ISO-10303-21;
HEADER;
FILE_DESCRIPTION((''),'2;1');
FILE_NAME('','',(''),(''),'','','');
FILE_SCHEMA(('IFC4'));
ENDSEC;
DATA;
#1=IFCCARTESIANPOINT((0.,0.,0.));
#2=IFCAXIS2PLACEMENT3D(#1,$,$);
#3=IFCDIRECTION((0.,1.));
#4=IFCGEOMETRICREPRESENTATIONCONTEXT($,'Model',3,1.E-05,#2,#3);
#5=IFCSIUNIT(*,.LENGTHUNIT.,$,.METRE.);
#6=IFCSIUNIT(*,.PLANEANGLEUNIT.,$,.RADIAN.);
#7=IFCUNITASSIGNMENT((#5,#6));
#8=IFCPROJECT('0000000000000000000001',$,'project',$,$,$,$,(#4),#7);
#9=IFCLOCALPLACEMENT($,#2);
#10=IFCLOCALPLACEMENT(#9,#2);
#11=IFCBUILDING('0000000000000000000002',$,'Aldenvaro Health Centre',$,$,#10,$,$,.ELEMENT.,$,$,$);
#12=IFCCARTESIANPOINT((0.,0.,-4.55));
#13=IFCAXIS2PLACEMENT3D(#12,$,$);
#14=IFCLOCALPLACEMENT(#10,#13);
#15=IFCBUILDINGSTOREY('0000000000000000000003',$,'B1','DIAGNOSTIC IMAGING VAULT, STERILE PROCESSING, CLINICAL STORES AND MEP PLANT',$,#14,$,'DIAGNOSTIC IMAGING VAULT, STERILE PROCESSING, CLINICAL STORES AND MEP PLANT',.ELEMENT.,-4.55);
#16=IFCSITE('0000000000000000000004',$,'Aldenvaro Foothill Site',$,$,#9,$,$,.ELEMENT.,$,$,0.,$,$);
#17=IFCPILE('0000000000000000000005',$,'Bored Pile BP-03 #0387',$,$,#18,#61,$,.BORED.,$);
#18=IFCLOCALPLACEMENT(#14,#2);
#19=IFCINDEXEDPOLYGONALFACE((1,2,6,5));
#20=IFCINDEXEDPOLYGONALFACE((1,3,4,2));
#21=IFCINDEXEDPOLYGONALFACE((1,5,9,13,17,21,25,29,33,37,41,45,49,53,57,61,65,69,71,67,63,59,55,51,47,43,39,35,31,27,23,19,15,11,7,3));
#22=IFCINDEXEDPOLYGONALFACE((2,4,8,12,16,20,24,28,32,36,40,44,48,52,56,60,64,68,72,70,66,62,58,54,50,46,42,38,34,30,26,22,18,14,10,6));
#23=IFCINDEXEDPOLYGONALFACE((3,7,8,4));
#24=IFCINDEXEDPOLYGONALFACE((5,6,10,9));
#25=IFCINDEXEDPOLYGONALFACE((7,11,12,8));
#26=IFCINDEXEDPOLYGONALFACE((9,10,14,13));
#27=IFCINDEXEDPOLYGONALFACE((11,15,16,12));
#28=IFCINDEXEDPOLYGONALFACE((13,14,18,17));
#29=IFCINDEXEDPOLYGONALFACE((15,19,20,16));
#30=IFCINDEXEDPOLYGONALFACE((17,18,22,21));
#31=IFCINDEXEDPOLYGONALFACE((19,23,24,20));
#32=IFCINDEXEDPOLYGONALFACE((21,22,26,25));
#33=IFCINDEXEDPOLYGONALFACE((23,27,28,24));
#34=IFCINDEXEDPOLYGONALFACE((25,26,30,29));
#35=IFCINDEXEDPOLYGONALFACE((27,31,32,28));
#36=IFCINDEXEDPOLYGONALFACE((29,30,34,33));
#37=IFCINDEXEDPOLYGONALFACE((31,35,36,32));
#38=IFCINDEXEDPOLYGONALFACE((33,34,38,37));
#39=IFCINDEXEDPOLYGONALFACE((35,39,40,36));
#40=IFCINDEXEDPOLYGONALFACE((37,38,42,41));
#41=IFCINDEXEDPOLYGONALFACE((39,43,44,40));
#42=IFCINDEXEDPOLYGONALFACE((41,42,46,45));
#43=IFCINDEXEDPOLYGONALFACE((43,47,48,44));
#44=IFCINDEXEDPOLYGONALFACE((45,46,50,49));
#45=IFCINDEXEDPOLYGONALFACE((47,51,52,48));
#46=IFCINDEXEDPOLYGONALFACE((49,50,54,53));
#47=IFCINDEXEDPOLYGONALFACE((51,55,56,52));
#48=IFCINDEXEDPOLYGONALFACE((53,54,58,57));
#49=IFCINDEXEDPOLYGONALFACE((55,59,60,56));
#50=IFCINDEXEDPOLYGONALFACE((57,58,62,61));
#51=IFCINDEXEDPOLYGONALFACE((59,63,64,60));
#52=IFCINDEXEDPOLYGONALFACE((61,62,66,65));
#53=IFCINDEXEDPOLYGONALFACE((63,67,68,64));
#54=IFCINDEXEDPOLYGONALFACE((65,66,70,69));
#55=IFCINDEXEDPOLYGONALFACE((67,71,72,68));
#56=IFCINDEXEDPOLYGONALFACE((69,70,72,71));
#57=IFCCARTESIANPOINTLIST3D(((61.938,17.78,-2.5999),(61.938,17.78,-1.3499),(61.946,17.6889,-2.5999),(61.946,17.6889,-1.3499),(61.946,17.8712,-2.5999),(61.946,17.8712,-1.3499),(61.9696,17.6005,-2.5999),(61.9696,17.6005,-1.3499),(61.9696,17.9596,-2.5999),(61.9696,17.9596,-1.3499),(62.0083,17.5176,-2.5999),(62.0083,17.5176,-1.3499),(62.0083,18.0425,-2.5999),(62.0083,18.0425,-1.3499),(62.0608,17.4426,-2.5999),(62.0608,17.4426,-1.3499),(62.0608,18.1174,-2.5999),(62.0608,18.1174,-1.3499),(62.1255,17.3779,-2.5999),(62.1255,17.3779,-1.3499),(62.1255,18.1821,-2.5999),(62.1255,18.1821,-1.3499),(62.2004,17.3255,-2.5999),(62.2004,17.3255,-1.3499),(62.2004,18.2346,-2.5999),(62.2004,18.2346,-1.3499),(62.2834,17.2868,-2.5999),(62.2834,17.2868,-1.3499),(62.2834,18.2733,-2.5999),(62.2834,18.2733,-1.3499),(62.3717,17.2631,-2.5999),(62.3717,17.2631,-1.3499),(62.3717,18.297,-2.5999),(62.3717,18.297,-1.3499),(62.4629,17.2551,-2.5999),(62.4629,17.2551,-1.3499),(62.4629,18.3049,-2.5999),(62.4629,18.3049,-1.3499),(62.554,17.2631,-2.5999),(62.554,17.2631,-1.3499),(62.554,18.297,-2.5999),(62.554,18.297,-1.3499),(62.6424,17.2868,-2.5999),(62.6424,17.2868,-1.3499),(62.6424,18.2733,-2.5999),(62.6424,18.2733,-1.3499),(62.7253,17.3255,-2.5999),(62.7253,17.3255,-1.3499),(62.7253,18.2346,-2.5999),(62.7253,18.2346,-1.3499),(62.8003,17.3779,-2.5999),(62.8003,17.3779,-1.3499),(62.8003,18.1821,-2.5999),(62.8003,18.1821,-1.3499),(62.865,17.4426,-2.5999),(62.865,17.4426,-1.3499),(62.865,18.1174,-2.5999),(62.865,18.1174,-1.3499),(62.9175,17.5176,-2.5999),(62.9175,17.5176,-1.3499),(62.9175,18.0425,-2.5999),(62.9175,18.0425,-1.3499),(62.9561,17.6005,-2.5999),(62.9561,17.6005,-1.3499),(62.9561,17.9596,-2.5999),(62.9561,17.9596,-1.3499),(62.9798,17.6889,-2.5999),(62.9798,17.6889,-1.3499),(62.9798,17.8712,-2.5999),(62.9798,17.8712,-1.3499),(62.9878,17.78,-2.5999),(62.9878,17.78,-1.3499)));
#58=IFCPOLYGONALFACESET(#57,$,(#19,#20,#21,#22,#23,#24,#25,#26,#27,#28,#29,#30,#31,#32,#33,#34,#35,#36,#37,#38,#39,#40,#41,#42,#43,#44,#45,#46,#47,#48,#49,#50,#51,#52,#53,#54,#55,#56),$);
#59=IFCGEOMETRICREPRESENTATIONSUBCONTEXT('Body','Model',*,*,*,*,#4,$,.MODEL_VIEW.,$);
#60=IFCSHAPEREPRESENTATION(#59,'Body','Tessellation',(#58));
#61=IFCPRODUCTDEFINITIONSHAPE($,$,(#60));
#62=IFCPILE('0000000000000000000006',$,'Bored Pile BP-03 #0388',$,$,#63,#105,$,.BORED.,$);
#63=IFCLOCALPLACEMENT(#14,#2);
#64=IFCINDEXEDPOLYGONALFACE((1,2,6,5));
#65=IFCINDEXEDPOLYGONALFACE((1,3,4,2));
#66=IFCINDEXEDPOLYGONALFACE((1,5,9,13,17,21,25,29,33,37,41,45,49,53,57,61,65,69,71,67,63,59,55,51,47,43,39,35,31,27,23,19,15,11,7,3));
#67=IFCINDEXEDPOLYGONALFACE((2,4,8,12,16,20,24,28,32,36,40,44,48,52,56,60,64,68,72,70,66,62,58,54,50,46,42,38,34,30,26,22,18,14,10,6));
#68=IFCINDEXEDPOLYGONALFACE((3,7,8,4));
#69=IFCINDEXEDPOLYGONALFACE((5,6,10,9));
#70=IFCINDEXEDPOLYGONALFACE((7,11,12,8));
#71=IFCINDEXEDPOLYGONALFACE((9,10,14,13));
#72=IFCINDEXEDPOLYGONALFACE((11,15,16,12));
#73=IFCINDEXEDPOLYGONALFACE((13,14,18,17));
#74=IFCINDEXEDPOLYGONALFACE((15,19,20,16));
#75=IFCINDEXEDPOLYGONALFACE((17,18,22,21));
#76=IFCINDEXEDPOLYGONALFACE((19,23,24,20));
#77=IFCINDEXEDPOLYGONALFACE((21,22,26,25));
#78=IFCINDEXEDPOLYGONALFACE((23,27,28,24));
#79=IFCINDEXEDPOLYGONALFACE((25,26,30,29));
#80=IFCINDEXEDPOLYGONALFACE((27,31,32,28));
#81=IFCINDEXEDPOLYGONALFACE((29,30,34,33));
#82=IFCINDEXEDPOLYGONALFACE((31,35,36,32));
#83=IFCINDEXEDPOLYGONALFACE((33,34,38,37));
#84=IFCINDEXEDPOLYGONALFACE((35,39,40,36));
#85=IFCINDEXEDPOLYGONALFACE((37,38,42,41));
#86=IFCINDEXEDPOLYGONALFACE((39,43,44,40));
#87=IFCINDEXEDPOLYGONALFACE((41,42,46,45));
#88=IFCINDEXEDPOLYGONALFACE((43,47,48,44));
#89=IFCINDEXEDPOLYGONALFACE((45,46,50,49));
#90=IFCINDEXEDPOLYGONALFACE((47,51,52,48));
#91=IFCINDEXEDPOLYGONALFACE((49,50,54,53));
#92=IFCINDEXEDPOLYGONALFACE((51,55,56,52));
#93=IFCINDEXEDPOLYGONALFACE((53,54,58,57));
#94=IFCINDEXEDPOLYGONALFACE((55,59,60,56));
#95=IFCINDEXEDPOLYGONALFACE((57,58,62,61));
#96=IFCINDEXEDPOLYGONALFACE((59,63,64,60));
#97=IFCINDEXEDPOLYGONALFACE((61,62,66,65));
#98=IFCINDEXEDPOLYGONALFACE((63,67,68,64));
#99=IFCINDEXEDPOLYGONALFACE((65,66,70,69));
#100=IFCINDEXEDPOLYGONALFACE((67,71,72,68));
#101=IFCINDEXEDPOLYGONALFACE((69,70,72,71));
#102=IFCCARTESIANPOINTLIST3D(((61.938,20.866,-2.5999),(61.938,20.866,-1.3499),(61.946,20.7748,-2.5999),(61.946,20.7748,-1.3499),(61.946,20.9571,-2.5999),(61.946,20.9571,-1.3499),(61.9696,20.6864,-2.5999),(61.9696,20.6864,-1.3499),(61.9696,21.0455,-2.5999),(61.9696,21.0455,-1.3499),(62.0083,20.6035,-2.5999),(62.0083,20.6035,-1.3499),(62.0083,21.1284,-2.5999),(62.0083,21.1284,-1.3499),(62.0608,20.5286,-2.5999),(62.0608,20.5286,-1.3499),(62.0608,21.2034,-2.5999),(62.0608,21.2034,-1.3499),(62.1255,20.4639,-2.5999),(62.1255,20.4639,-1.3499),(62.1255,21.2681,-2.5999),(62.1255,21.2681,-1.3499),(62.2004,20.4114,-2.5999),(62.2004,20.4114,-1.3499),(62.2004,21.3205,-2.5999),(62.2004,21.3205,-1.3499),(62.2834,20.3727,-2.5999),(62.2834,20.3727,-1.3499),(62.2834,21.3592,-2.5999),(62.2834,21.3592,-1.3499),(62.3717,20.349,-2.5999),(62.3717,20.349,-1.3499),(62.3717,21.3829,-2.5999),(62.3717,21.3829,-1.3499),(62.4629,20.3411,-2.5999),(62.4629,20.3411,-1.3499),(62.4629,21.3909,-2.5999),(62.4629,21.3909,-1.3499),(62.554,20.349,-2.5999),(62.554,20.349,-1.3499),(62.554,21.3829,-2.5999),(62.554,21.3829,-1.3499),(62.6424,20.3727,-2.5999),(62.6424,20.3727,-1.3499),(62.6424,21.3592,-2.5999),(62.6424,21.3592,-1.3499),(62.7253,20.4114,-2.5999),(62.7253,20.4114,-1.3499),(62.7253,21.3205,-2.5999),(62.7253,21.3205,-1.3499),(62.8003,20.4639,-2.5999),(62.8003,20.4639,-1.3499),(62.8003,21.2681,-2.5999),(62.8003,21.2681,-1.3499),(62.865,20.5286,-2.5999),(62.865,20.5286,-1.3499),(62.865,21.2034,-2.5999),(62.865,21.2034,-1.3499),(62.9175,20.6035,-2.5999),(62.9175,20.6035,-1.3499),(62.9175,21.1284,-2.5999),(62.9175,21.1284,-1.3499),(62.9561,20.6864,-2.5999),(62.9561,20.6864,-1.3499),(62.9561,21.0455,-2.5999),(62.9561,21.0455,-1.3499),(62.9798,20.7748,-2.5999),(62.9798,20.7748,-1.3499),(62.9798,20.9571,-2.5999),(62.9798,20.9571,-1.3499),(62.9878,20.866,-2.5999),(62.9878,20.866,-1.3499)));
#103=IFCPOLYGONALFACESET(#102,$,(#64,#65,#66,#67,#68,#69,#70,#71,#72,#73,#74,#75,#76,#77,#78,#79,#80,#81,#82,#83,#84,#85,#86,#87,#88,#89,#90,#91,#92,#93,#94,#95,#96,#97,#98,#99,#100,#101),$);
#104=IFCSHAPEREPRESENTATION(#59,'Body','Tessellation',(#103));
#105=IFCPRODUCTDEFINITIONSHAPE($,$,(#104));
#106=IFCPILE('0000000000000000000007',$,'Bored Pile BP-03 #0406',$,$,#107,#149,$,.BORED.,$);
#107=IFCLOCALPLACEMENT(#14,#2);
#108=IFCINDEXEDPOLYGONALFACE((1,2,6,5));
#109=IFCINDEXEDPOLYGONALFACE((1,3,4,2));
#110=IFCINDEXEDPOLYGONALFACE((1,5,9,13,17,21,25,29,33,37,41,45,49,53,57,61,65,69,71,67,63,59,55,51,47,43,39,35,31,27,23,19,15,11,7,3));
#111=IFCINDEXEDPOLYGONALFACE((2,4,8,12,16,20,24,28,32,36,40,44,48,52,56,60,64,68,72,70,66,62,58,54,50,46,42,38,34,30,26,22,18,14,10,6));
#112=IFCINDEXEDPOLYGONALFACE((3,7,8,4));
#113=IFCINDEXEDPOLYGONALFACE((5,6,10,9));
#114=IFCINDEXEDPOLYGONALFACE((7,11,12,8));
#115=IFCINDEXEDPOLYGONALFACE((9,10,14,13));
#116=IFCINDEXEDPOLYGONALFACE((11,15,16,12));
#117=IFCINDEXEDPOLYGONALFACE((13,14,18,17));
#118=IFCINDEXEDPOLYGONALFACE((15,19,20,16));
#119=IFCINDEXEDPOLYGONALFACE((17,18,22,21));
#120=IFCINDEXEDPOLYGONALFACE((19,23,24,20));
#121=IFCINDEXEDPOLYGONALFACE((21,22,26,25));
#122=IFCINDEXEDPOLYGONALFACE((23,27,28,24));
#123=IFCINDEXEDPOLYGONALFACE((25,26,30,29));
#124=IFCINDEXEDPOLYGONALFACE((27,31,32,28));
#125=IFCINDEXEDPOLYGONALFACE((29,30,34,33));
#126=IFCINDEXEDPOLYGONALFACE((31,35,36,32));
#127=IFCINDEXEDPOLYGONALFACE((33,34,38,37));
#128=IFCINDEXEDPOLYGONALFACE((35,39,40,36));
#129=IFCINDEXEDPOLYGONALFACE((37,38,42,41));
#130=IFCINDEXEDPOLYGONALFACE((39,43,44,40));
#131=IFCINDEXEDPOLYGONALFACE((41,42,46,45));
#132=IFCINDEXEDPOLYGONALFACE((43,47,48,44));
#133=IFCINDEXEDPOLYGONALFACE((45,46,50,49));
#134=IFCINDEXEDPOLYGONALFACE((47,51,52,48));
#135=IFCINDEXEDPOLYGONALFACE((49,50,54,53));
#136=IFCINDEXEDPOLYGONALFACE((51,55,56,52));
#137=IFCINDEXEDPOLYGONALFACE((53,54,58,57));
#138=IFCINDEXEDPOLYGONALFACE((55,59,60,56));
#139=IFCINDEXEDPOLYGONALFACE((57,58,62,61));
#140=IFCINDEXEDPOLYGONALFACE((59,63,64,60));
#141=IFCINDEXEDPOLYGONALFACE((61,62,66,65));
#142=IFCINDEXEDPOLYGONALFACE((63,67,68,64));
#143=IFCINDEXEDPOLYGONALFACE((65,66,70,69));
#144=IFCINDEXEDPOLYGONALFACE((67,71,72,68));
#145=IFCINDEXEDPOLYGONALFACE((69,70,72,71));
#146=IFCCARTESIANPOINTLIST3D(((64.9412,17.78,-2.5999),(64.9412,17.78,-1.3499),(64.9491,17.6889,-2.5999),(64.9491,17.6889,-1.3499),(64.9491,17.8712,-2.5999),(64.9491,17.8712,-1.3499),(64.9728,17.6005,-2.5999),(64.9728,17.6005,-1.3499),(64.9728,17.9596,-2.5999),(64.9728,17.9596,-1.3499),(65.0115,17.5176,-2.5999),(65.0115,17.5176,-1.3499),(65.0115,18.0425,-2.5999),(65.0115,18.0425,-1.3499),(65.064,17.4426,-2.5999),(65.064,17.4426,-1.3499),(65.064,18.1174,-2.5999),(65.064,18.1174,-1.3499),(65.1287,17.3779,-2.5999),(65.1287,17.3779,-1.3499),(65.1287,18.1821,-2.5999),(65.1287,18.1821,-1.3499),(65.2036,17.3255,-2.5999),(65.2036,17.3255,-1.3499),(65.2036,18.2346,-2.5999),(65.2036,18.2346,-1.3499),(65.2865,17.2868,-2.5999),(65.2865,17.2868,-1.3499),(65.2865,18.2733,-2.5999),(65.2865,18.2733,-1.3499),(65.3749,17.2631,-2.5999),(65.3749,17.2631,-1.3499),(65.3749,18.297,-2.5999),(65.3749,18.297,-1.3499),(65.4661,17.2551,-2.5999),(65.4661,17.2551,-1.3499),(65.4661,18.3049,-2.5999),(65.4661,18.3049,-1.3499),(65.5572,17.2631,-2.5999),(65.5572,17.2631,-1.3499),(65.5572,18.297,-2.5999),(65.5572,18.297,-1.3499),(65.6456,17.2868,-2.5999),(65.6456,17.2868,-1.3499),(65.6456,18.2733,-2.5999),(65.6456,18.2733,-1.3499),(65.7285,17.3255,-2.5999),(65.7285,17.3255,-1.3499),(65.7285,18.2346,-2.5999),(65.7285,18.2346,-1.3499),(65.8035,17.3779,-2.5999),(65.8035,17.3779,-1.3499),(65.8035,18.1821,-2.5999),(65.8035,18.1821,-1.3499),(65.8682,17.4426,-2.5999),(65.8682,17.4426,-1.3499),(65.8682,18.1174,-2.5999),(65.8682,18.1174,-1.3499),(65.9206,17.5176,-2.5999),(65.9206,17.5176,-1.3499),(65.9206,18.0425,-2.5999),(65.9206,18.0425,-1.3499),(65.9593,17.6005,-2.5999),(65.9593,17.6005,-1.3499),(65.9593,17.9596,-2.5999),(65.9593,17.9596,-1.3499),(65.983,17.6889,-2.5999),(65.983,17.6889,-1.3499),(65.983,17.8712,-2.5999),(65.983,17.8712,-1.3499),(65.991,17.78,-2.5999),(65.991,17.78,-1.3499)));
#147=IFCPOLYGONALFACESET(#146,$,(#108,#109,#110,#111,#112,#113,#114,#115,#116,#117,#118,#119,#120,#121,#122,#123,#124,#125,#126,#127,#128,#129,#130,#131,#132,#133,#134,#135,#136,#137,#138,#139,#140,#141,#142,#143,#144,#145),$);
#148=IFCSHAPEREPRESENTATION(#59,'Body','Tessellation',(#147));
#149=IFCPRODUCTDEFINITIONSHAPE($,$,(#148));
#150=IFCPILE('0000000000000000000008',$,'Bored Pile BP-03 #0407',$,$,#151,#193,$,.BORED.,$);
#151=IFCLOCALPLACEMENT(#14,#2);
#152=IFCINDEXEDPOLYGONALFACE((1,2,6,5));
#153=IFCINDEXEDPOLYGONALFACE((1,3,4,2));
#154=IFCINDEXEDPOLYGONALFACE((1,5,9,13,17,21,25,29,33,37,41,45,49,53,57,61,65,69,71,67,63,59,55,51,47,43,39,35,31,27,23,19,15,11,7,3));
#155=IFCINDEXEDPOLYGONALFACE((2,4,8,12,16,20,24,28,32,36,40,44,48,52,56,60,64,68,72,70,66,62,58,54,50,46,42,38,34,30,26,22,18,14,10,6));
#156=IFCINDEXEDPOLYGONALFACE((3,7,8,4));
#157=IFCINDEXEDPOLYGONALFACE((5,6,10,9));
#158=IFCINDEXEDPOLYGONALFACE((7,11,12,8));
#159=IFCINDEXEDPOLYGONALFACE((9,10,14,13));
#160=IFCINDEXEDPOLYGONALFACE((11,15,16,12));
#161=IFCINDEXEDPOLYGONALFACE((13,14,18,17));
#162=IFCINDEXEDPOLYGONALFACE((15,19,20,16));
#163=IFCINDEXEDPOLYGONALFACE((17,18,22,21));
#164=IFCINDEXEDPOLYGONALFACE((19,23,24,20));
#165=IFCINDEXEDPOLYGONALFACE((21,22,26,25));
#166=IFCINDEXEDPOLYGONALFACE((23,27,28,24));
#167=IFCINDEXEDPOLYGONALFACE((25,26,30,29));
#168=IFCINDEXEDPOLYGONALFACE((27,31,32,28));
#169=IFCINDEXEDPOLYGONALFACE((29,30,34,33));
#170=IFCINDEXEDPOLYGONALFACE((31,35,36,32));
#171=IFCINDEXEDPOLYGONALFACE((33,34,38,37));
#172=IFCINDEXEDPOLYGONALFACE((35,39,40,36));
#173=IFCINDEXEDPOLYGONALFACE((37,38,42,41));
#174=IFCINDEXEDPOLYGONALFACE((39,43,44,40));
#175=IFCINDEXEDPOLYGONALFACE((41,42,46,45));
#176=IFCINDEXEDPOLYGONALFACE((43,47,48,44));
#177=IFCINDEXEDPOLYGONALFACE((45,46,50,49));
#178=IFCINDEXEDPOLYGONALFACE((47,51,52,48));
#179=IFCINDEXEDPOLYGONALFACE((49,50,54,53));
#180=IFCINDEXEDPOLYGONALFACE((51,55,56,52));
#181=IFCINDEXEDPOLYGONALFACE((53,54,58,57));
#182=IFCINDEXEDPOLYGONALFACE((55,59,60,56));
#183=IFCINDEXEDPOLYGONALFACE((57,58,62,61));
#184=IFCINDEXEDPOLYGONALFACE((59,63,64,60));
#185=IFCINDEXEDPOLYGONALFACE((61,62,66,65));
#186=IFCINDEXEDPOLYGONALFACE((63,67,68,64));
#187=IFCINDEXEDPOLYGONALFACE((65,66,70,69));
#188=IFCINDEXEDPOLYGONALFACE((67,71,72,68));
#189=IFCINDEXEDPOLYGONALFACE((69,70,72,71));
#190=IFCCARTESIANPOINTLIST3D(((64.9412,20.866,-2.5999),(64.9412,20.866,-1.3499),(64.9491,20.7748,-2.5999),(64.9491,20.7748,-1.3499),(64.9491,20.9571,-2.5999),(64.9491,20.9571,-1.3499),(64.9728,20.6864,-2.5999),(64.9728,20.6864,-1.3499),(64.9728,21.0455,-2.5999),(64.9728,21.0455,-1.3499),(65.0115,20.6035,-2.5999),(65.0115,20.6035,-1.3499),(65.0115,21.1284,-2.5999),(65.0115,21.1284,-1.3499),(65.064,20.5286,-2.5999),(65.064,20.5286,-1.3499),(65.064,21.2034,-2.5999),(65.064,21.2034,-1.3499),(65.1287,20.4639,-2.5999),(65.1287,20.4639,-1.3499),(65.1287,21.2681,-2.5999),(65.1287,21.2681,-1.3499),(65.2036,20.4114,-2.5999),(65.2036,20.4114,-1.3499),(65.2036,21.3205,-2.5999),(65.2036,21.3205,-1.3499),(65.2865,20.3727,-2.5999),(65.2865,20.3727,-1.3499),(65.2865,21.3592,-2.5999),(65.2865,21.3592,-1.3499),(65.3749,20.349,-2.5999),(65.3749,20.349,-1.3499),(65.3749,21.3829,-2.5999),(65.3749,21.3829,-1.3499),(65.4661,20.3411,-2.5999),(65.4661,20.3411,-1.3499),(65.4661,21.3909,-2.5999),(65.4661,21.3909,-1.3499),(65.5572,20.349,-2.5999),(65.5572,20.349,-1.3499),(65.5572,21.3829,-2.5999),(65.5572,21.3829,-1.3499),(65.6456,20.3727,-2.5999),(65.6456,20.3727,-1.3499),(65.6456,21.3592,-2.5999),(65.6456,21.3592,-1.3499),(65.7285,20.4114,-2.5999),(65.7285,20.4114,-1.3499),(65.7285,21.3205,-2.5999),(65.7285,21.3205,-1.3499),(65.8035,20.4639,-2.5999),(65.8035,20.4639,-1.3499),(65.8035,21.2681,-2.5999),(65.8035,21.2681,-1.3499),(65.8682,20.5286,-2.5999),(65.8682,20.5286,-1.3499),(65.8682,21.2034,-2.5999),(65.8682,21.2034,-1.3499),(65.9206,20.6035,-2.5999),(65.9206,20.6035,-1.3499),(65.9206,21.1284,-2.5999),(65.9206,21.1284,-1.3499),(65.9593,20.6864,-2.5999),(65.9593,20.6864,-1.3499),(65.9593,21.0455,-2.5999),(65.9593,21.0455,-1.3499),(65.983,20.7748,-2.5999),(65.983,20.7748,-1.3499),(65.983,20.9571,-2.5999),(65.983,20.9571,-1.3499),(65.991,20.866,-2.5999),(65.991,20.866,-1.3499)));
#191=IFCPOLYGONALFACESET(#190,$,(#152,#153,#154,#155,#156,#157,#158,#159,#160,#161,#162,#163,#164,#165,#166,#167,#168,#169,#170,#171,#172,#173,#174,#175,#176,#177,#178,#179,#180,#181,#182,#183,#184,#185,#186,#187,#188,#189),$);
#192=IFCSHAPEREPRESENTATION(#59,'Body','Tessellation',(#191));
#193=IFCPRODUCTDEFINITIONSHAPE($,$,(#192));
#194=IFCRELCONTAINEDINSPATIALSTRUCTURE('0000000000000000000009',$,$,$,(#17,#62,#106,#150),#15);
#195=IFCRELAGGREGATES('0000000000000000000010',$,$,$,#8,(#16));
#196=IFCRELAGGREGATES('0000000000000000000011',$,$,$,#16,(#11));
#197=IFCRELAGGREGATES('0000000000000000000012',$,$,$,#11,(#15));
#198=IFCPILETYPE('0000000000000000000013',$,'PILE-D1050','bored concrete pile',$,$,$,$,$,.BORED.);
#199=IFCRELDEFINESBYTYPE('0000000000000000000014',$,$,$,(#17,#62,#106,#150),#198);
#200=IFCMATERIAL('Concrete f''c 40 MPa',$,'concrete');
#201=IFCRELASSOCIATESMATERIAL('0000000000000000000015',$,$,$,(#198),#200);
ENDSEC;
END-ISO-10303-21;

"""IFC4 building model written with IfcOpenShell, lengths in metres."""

from ifc_helpers import new_model, si_unit, direction, frame, origin, origin_2d, place, context, subcontext, project, spatial, circle, extrude, material, material_profile, profile_set, type_object, element, save


model = new_model("IFC4")

# Units and contexts
model_context = context("Model", 3, precision=1e-05, world=origin(), true_north=direction((0.0, 1.0)))
body_context = subcontext(model_context, "Body", "Model", "MODEL_VIEW")
ifc_project = project(units=[si_unit("LENGTHUNIT", "METRE"), si_unit("PLANEANGLEUNIT", "RADIAN")], contexts=[model_context])

# Site, building, storey
site_placement = place(None, origin())
site = spatial("IfcSite", under=ifc_project, at=site_placement, Name="Aldenvaro Foothill Site", CompositionType="ELEMENT", RefElevation=0.0)
building_placement = place(site_placement, origin())
building = spatial("IfcBuilding", under=site, at=building_placement, Name="Aldenvaro Health Centre", CompositionType="ELEMENT")
storey_placement = place(building_placement, frame((0.0, 0.0, -4.55)))
storey = spatial("IfcBuildingStorey", under=building, at=storey_placement, Name="B1", Description="DIAGNOSTIC IMAGING VAULT, STERILE PROCESSING, CLINICAL STORES AND MEP PLANT", LongName="DIAGNOSTIC IMAGING VAULT, STERILE PROCESSING, CLINICAL STORES AND MEP PLANT", CompositionType="ELEMENT", Elevation=-4.55)

# Piles
ifc_material = material(Name="Concrete f'c 40 MPa", Category="concrete")
ifc_material_profile_1 = material_profile(ifc_material, circle(Radius=0.5249, at=origin_2d()), Name="PILE D1050", Category="concrete")
ifc_profile_set_1 = profile_set([ifc_material_profile_1], Name="Concrete f'c 40 MPa")
pile_type = type_object("IfcPileType", Name="PILE-D1050", Description="bored concrete pile", PredefinedType="BORED", material=ifc_profile_set_1)
for number, where, z_axis, x_axis, name in (
    (1, (62.4629, 17.78, -1.3499), (0.0, 0.0, -1.0), (1.0, 0.0, 0.0), "Bored Pile BP-03 #0387"),
    (2, (62.4629, 20.866, -1.3499), (0.0, 0.0, -1.0), (1.0, 0.0, 0.0), "Bored Pile BP-03 #0388"),
    (3, (65.4661, 17.78, -1.3499), (0.0, 0.0, -1.0), (1.0, 0.0, 0.0), "Bored Pile BP-03 #0406"),
    (4, (65.4661, 20.866, -1.3499), (0.0, 0.0, -1.0), (1.0, 0.0, 0.0), "Bored Pile BP-03 #0407"),
):
    element("IfcPile", number, at=place(storey_placement, frame(where, z_axis=z_axis, x_axis=x_axis)), inside=storey, type_object=pile_type, Name=name, PredefinedType="BORED", context=body_context, shape_type="SweptSolid", body=[
        extrude(circle(Radius=0.5249, at=origin_2d()), origin(), (0.0, 0.0, 1.0), 1.25),
    ])

save(model, "model.ifc")
